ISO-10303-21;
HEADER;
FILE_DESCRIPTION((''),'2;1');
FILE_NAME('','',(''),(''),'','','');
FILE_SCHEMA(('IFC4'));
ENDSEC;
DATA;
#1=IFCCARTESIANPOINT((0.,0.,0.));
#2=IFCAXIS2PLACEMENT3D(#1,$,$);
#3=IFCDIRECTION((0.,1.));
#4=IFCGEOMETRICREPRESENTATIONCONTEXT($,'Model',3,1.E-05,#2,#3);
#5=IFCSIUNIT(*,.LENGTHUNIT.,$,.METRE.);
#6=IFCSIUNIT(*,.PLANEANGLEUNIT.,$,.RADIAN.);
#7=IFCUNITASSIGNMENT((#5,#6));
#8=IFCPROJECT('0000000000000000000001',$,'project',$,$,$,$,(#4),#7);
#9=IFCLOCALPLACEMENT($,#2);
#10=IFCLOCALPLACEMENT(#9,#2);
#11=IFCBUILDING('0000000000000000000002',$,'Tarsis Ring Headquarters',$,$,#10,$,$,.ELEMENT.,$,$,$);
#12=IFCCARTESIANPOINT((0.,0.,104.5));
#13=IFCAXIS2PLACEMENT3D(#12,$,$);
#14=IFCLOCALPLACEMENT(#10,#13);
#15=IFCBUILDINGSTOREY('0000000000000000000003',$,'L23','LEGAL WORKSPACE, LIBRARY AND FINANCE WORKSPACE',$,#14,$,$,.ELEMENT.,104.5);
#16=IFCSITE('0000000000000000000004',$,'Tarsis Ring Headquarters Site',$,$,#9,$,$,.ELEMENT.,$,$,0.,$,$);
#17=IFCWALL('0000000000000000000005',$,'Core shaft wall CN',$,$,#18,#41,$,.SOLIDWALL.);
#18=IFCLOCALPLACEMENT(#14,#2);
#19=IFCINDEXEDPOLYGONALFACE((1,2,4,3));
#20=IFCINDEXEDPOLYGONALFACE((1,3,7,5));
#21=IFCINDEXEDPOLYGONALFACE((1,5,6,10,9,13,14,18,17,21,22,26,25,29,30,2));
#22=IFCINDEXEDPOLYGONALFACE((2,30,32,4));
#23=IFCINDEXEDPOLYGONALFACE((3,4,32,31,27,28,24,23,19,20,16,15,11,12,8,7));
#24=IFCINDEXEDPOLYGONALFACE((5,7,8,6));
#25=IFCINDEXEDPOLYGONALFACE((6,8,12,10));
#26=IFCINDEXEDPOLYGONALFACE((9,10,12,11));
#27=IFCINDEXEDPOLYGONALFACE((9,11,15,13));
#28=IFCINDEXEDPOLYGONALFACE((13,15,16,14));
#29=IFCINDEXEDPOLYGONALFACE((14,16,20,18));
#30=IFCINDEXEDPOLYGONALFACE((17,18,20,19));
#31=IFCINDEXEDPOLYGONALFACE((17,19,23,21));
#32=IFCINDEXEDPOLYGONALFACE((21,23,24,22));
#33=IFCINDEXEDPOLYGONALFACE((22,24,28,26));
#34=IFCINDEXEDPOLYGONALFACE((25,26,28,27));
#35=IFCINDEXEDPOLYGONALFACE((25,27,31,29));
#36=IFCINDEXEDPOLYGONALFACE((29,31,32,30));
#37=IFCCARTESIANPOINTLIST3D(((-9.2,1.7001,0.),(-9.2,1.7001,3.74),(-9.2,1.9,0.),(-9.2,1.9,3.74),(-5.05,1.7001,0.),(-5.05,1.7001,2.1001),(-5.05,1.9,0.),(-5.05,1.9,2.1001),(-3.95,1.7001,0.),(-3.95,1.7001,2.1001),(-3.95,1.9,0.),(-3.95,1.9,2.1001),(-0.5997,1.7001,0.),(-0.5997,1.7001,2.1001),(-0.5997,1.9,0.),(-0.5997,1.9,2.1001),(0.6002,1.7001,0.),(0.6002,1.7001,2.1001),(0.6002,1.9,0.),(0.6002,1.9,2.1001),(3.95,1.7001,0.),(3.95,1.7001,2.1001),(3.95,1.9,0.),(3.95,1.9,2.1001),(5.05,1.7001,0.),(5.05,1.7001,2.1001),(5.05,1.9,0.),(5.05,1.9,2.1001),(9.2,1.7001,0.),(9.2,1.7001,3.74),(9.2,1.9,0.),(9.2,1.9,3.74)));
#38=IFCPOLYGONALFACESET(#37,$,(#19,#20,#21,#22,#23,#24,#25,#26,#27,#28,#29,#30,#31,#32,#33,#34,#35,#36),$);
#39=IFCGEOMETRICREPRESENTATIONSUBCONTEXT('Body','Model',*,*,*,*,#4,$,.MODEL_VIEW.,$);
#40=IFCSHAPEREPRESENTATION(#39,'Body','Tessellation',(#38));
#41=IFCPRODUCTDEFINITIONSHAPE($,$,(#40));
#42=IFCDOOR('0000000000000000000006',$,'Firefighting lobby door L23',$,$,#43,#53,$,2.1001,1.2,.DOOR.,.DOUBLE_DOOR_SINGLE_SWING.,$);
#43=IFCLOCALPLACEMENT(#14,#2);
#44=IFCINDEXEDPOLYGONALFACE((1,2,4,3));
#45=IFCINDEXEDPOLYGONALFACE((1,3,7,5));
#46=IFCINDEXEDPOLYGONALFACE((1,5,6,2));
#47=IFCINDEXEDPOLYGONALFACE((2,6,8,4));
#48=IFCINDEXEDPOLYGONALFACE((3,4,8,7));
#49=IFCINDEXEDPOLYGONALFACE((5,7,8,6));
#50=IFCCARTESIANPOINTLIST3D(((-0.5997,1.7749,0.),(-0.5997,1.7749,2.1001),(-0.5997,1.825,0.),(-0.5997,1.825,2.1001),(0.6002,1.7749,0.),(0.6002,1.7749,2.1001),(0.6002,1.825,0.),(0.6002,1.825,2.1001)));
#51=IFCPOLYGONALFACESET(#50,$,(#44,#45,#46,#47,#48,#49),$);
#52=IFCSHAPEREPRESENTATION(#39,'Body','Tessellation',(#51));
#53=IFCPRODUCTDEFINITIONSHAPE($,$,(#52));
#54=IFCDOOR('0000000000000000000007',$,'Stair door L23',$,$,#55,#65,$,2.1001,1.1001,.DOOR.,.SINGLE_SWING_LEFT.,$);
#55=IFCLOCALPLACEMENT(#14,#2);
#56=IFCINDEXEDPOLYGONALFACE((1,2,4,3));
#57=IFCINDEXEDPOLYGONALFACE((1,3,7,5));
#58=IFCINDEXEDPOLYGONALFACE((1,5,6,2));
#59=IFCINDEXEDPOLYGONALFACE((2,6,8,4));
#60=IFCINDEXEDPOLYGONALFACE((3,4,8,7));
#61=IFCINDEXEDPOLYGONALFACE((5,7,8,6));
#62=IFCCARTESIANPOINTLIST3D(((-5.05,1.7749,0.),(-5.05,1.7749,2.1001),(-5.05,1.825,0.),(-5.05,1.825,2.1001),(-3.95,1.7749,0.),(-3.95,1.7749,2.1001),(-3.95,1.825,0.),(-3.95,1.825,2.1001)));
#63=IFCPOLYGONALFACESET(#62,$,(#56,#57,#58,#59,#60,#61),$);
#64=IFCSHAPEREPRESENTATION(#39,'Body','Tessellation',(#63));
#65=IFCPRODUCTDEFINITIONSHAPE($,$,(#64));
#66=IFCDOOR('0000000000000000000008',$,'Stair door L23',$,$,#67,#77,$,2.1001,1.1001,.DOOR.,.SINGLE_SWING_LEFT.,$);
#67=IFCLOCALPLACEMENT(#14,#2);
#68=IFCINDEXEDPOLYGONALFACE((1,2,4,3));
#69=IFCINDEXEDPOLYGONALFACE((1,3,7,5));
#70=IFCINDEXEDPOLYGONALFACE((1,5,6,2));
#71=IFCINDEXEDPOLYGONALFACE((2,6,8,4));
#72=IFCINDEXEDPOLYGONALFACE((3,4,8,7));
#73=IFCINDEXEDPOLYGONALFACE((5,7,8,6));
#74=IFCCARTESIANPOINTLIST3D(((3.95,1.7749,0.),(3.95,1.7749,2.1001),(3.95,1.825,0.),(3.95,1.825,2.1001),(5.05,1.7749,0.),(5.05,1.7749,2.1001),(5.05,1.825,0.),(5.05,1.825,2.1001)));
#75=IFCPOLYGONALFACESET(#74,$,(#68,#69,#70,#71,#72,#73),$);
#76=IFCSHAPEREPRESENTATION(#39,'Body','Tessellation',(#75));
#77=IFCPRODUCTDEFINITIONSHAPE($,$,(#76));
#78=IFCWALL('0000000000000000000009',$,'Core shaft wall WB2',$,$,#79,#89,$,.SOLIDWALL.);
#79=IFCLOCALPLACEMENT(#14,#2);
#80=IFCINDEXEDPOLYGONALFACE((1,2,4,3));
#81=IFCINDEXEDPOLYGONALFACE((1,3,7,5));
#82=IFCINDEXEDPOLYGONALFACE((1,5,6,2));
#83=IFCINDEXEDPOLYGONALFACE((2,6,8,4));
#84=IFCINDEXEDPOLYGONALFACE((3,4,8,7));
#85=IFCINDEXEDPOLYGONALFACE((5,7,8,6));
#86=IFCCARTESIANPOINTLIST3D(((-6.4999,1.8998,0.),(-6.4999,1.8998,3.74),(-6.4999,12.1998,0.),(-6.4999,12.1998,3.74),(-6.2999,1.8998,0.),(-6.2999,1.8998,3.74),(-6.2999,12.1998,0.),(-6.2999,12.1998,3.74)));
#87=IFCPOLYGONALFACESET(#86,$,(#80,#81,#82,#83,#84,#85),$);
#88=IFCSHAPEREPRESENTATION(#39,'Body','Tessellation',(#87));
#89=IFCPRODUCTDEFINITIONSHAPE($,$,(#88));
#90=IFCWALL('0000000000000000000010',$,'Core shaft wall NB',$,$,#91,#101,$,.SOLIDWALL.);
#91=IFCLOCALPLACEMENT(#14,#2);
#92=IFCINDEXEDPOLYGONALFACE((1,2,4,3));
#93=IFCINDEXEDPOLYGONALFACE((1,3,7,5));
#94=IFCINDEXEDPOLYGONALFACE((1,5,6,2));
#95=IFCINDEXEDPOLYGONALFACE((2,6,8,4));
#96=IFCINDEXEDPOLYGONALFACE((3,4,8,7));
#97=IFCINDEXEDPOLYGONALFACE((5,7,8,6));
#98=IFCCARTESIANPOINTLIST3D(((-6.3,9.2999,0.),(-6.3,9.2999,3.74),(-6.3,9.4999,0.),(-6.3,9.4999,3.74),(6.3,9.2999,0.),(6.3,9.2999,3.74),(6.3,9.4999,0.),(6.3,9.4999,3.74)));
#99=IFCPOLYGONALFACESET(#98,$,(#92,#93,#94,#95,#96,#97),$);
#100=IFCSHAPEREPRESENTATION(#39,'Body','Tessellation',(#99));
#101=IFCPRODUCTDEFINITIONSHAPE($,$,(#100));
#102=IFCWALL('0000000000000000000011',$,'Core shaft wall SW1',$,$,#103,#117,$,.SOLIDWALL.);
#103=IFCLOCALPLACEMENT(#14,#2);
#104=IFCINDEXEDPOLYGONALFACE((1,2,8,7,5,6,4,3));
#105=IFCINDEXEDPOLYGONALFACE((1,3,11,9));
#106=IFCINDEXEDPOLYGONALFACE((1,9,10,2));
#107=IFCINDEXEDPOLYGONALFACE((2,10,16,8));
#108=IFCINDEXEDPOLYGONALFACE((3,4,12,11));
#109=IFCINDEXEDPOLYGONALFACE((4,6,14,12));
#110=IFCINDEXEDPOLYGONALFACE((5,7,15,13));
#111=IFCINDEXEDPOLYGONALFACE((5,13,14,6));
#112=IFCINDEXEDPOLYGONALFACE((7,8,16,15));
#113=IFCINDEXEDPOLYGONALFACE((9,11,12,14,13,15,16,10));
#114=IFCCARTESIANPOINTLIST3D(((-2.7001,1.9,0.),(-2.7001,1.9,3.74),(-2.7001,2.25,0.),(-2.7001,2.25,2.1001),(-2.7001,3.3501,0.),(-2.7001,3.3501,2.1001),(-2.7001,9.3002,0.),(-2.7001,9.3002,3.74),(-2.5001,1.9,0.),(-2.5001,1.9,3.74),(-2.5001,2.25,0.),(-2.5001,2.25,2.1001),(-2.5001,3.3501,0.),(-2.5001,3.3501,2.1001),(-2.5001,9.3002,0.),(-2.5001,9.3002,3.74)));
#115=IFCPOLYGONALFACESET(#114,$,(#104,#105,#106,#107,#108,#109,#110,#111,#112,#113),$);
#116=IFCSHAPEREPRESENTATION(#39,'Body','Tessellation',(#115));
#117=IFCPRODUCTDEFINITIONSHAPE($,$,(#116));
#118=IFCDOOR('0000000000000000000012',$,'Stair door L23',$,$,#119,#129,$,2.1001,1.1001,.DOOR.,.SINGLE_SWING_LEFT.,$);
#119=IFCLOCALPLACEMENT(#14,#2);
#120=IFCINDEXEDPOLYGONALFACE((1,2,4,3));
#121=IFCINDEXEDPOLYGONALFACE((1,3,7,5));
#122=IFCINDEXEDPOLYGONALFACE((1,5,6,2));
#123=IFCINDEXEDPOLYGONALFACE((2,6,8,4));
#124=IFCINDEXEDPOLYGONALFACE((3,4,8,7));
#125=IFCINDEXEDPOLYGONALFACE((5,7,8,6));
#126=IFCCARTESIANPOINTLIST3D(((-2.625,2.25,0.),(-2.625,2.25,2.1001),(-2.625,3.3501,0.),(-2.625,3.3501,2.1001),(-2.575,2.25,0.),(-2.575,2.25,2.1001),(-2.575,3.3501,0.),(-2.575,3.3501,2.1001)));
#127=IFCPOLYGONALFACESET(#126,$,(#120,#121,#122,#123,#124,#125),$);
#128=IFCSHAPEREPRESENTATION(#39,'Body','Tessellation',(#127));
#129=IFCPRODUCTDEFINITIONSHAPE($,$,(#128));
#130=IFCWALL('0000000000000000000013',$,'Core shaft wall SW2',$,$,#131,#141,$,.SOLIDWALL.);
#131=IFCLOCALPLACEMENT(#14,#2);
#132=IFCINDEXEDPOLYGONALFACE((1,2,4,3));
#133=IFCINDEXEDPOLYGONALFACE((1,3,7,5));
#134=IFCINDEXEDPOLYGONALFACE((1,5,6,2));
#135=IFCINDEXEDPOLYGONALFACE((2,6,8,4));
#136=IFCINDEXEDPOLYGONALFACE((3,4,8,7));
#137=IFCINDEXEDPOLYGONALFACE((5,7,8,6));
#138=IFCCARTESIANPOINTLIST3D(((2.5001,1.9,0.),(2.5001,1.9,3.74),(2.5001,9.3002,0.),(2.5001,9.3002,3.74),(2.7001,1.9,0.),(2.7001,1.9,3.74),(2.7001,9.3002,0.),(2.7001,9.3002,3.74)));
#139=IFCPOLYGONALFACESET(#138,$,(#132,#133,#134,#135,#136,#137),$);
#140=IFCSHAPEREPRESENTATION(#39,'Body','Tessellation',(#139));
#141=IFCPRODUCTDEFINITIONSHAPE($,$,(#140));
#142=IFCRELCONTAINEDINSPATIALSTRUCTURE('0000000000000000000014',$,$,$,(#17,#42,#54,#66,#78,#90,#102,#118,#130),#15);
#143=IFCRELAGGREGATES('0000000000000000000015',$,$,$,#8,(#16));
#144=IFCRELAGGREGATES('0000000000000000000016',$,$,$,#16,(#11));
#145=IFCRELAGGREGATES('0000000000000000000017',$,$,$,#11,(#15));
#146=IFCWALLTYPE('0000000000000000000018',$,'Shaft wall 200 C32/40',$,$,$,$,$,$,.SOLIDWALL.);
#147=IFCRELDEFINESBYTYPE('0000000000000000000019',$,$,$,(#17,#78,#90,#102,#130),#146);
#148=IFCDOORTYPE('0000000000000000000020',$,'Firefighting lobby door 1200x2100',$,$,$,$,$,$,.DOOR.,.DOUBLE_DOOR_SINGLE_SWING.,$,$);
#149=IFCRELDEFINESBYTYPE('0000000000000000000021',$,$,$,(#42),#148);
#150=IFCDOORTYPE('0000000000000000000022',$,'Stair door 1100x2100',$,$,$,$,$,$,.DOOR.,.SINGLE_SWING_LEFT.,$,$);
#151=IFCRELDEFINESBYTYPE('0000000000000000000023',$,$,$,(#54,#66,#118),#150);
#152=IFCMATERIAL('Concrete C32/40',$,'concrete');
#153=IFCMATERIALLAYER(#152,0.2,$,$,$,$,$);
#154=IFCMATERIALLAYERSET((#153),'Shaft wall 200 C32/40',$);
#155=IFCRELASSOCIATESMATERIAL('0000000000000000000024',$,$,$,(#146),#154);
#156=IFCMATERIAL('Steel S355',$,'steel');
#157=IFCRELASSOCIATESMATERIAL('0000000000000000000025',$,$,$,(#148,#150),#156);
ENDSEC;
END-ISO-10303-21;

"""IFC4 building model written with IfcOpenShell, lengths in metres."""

from ifc_helpers import new_model, si_unit, direction, frame, frame_2d, origin, place, context, subcontext, project, spatial, rectangle, extrude, material, layer, layer_set, type_object, element, fill, save


model = new_model("IFC4")

# Units and contexts
model_context = context("Model", 3, precision=1e-05, world=origin(), true_north=direction((0.0, 1.0)))
body_context = subcontext(model_context, "Body", "Model", "MODEL_VIEW")
ifc_project = project(units=[si_unit("LENGTHUNIT", "METRE"), si_unit("PLANEANGLEUNIT", "RADIAN")], contexts=[model_context])

# Site, building, storey
site_placement = place(None, origin())
site = spatial("IfcSite", under=ifc_project, at=site_placement, Name="Tarsis Ring Headquarters Site", CompositionType="ELEMENT", RefElevation=0.0)
building_placement = place(site_placement, origin())
building = spatial("IfcBuilding", under=site, at=building_placement, Name="Tarsis Ring Headquarters", CompositionType="ELEMENT")
storey_placement = place(building_placement, frame((0.0, 0.0, 104.5)))
storey = spatial("IfcBuildingStorey", under=building, at=storey_placement, Name="L23", Description="LEGAL WORKSPACE, LIBRARY AND FINANCE WORKSPACE", CompositionType="ELEMENT", Elevation=104.5)

# Wall, openings, doors
ifc_material_1 = material(Name="Concrete C32/40", Category="concrete")
ifc_layer_1 = layer(ifc_material_1, 0.2)
ifc_layer_set_1 = layer_set([ifc_layer_1], Name="Shaft wall 200 C32/40")
wall_type = type_object("IfcWallType", Name="Shaft wall 200 C32/40", PredefinedType="SOLIDWALL", material=ifc_layer_set_1)
wall_1_placement = place(storey_placement, frame((-9.2, 1.8, 0.0), z_axis=(0.0, 0.0, 1.0), x_axis=(1.0, 0.0, 0.0)))
wall_1 = element("IfcWall", 1, at=wall_1_placement, inside=storey, type_object=wall_type, Name="Core shaft wall CN", PredefinedType="SOLIDWALL", context=body_context, shape_type="SweptSolid", body=[
    extrude(rectangle(XDim=18.3999, YDim=0.2, at=frame_2d((9.2, 0.0))), origin(), (0.0, 0.0, 1.0), 3.74),
])
opening_1_placement = place(wall_1_placement, frame((4.1499, 0.0, 0.0)))
opening_1 = element("IfcOpeningElement", 2, at=opening_1_placement, cuts=wall_1, PredefinedType="OPENING", context=body_context, shape_type="SweptSolid", body=[
    extrude(rectangle(XDim=1.1001, YDim=2.1001, at=frame_2d((0.55, 1.05))), frame((0.0, 0.1099, 0.0), z_axis=(0.0, -1.0, 0.0), x_axis=(1.0, 0.0, 0.0)), (0.0, 0.0, 1.0), 0.22),
])
opening_2_placement = place(wall_1_placement, frame((8.6001, 0.0, 0.0)))
opening_2 = element("IfcOpeningElement", 3, at=opening_2_placement, cuts=wall_1, PredefinedType="OPENING", context=body_context, shape_type="SweptSolid", body=[
    extrude(rectangle(XDim=1.2, YDim=2.1001, at=frame_2d((0.6001, 1.05))), frame((0.0, 0.1099, 0.0), z_axis=(0.0, -1.0, 0.0), x_axis=(1.0, 0.0, 0.0)), (0.0, 0.0, 1.0), 0.22),
])
opening_3_placement = place(wall_1_placement, frame((13.1499, 0.0, 0.0)))
opening_3 = element("IfcOpeningElement", 4, at=opening_3_placement, cuts=wall_1, PredefinedType="OPENING", context=body_context, shape_type="SweptSolid", body=[
    extrude(rectangle(XDim=1.1001, YDim=2.1001, at=frame_2d((0.55, 1.05))), frame((0.0, 0.1099, 0.0), z_axis=(0.0, -1.0, 0.0), x_axis=(1.0, 0.0, 0.0)), (0.0, 0.0, 1.0), 0.22),
])
ifc_material_2 = material(Name="Steel S355", Category="steel")
door_type_1 = type_object("IfcDoorType", Name="Firefighting lobby door 1200x2100", OperationType="DOUBLE_DOOR_SINGLE_SWING", PredefinedType="DOOR", material=ifc_material_2)
door_1_placement = place(opening_2_placement, origin())
door_1 = element("IfcDoor", 5, at=door_1_placement, inside=storey, type_object=door_type_1, Name="Firefighting lobby door L23", OperationType="DOUBLE_DOOR_SINGLE_SWING", OverallHeight=2.1001, OverallWidth=1.2, PredefinedType="DOOR", context=body_context, shape_type="SweptSolid", body=[
    extrude(rectangle(XDim=1.2, YDim=2.1001, at=frame_2d((0.6001, 1.05))), frame((0.0, 0.0249, 0.0), z_axis=(0.0, -1.0, 0.0), x_axis=(1.0, 0.0, 0.0)), (0.0, 0.0, 1.0), 0.05),
])
fill(opening_2, door_1)
door_type_2 = type_object("IfcDoorType", Name="Stair door 1100x2100", OperationType="SINGLE_SWING_LEFT", PredefinedType="DOOR", material=ifc_material_2)
door_2_placement = place(opening_1_placement, origin())
door_2 = element("IfcDoor", 6, at=door_2_placement, inside=storey, type_object=door_type_2, Name="Stair door L23", OperationType="SINGLE_SWING_LEFT", OverallHeight=2.1001, OverallWidth=1.1001, PredefinedType="DOOR", context=body_context, shape_type="SweptSolid", body=[
    extrude(rectangle(XDim=1.1001, YDim=2.1001, at=frame_2d((0.55, 1.05))), frame((0.0, 0.0249, 0.0), z_axis=(0.0, -1.0, 0.0), x_axis=(1.0, 0.0, 0.0)), (0.0, 0.0, 1.0), 0.05),
])
fill(opening_1, door_2)
door_3_placement = place(opening_3_placement, origin())
door_3 = element("IfcDoor", 7, at=door_3_placement, inside=storey, type_object=door_type_2, Name="Stair door L23", OperationType="SINGLE_SWING_LEFT", OverallHeight=2.1001, OverallWidth=1.1001, PredefinedType="DOOR", context=body_context, shape_type="SweptSolid", body=[
    extrude(rectangle(XDim=1.1001, YDim=2.1001, at=frame_2d((0.55, 1.05))), frame((0.0, 0.0249, 0.0), z_axis=(0.0, -1.0, 0.0), x_axis=(1.0, 0.0, 0.0)), (0.0, 0.0, 1.0), 0.05),
])
fill(opening_3, door_3)

# Walls
wall_2_placement = place(storey_placement, frame((-6.3999, 1.8999, 0.0), z_axis=(0.0, 0.0, 1.0), x_axis=(0.0, 1.0, 0.0)))
element("IfcWall", 8, at=wall_2_placement, inside=storey, type_object=wall_type, Name="Core shaft wall WB2", PredefinedType="SOLIDWALL", context=body_context, shape_type="SweptSolid", body=[
    extrude(rectangle(XDim=10.3, YDim=0.2, at=frame_2d((5.1499, 0.0))), origin(), (0.0, 0.0, 1.0), 3.74),
])
wall_3_placement = place(storey_placement, frame((-6.3, 9.3999, 0.0), z_axis=(0.0, 0.0, 1.0), x_axis=(1.0, 0.0, 0.0)))
element("IfcWall", 9, at=wall_3_placement, inside=storey, type_object=wall_type, Name="Core shaft wall NB", PredefinedType="SOLIDWALL", context=body_context, shape_type="SweptSolid", body=[
    extrude(rectangle(XDim=12.6001, YDim=0.2, at=frame_2d((6.3, 0.0))), origin(), (0.0, 0.0, 1.0), 3.74),
])

# Wall, opening, door
wall_4_placement = place(storey_placement, frame((-2.6001, 1.8999, 0.0), z_axis=(0.0, 0.0, 1.0), x_axis=(0.0, 1.0, 0.0)))
wall_4 = element("IfcWall", 10, at=wall_4_placement, inside=storey, type_object=wall_type, Name="Core shaft wall SW1", PredefinedType="SOLIDWALL", context=body_context, shape_type="SweptSolid", body=[
    extrude(rectangle(XDim=7.4001, YDim=0.2, at=frame_2d((3.7002, 0.0))), origin(), (0.0, 0.0, 1.0), 3.74),
])
opening_4_placement = place(wall_4_placement, frame((0.3501, 0.0, 0.0)))
opening_4 = element("IfcOpeningElement", 11, at=opening_4_placement, cuts=wall_4, PredefinedType="OPENING", context=body_context, shape_type="SweptSolid", body=[
    extrude(rectangle(XDim=1.1001, YDim=2.1001, at=frame_2d((0.55, 1.05))), frame((0.0, 0.1099, 0.0), z_axis=(0.0, -1.0, 0.0), x_axis=(1.0, 0.0, 0.0)), (0.0, 0.0, 1.0), 0.22),
])
door_4_placement = place(opening_4_placement, origin())
door_4 = element("IfcDoor", 12, at=door_4_placement, inside=storey, type_object=door_type_2, Name="Stair door L23", OperationType="SINGLE_SWING_LEFT", OverallHeight=2.1001, OverallWidth=1.1001, PredefinedType="DOOR", context=body_context, shape_type="SweptSolid", body=[
    extrude(rectangle(XDim=1.1001, YDim=2.1001, at=frame_2d((0.55, 1.05))), frame((0.0, 0.0249, 0.0), z_axis=(0.0, -1.0, 0.0), x_axis=(1.0, 0.0, 0.0)), (0.0, 0.0, 1.0), 0.05),
])
fill(opening_4, door_4)

# Wall
wall_5_placement = place(storey_placement, frame((2.6001, 1.8999, 0.0), z_axis=(0.0, 0.0, 1.0), x_axis=(0.0, 1.0, 0.0)))
element("IfcWall", 13, at=wall_5_placement, inside=storey, type_object=wall_type, Name="Core shaft wall SW2", PredefinedType="SOLIDWALL", context=body_context, shape_type="SweptSolid", body=[
    extrude(rectangle(XDim=7.4001, YDim=0.2, at=frame_2d((3.7002, 0.0))), origin(), (0.0, 0.0, 1.0), 3.74),
])

save(model, "model.ifc")
